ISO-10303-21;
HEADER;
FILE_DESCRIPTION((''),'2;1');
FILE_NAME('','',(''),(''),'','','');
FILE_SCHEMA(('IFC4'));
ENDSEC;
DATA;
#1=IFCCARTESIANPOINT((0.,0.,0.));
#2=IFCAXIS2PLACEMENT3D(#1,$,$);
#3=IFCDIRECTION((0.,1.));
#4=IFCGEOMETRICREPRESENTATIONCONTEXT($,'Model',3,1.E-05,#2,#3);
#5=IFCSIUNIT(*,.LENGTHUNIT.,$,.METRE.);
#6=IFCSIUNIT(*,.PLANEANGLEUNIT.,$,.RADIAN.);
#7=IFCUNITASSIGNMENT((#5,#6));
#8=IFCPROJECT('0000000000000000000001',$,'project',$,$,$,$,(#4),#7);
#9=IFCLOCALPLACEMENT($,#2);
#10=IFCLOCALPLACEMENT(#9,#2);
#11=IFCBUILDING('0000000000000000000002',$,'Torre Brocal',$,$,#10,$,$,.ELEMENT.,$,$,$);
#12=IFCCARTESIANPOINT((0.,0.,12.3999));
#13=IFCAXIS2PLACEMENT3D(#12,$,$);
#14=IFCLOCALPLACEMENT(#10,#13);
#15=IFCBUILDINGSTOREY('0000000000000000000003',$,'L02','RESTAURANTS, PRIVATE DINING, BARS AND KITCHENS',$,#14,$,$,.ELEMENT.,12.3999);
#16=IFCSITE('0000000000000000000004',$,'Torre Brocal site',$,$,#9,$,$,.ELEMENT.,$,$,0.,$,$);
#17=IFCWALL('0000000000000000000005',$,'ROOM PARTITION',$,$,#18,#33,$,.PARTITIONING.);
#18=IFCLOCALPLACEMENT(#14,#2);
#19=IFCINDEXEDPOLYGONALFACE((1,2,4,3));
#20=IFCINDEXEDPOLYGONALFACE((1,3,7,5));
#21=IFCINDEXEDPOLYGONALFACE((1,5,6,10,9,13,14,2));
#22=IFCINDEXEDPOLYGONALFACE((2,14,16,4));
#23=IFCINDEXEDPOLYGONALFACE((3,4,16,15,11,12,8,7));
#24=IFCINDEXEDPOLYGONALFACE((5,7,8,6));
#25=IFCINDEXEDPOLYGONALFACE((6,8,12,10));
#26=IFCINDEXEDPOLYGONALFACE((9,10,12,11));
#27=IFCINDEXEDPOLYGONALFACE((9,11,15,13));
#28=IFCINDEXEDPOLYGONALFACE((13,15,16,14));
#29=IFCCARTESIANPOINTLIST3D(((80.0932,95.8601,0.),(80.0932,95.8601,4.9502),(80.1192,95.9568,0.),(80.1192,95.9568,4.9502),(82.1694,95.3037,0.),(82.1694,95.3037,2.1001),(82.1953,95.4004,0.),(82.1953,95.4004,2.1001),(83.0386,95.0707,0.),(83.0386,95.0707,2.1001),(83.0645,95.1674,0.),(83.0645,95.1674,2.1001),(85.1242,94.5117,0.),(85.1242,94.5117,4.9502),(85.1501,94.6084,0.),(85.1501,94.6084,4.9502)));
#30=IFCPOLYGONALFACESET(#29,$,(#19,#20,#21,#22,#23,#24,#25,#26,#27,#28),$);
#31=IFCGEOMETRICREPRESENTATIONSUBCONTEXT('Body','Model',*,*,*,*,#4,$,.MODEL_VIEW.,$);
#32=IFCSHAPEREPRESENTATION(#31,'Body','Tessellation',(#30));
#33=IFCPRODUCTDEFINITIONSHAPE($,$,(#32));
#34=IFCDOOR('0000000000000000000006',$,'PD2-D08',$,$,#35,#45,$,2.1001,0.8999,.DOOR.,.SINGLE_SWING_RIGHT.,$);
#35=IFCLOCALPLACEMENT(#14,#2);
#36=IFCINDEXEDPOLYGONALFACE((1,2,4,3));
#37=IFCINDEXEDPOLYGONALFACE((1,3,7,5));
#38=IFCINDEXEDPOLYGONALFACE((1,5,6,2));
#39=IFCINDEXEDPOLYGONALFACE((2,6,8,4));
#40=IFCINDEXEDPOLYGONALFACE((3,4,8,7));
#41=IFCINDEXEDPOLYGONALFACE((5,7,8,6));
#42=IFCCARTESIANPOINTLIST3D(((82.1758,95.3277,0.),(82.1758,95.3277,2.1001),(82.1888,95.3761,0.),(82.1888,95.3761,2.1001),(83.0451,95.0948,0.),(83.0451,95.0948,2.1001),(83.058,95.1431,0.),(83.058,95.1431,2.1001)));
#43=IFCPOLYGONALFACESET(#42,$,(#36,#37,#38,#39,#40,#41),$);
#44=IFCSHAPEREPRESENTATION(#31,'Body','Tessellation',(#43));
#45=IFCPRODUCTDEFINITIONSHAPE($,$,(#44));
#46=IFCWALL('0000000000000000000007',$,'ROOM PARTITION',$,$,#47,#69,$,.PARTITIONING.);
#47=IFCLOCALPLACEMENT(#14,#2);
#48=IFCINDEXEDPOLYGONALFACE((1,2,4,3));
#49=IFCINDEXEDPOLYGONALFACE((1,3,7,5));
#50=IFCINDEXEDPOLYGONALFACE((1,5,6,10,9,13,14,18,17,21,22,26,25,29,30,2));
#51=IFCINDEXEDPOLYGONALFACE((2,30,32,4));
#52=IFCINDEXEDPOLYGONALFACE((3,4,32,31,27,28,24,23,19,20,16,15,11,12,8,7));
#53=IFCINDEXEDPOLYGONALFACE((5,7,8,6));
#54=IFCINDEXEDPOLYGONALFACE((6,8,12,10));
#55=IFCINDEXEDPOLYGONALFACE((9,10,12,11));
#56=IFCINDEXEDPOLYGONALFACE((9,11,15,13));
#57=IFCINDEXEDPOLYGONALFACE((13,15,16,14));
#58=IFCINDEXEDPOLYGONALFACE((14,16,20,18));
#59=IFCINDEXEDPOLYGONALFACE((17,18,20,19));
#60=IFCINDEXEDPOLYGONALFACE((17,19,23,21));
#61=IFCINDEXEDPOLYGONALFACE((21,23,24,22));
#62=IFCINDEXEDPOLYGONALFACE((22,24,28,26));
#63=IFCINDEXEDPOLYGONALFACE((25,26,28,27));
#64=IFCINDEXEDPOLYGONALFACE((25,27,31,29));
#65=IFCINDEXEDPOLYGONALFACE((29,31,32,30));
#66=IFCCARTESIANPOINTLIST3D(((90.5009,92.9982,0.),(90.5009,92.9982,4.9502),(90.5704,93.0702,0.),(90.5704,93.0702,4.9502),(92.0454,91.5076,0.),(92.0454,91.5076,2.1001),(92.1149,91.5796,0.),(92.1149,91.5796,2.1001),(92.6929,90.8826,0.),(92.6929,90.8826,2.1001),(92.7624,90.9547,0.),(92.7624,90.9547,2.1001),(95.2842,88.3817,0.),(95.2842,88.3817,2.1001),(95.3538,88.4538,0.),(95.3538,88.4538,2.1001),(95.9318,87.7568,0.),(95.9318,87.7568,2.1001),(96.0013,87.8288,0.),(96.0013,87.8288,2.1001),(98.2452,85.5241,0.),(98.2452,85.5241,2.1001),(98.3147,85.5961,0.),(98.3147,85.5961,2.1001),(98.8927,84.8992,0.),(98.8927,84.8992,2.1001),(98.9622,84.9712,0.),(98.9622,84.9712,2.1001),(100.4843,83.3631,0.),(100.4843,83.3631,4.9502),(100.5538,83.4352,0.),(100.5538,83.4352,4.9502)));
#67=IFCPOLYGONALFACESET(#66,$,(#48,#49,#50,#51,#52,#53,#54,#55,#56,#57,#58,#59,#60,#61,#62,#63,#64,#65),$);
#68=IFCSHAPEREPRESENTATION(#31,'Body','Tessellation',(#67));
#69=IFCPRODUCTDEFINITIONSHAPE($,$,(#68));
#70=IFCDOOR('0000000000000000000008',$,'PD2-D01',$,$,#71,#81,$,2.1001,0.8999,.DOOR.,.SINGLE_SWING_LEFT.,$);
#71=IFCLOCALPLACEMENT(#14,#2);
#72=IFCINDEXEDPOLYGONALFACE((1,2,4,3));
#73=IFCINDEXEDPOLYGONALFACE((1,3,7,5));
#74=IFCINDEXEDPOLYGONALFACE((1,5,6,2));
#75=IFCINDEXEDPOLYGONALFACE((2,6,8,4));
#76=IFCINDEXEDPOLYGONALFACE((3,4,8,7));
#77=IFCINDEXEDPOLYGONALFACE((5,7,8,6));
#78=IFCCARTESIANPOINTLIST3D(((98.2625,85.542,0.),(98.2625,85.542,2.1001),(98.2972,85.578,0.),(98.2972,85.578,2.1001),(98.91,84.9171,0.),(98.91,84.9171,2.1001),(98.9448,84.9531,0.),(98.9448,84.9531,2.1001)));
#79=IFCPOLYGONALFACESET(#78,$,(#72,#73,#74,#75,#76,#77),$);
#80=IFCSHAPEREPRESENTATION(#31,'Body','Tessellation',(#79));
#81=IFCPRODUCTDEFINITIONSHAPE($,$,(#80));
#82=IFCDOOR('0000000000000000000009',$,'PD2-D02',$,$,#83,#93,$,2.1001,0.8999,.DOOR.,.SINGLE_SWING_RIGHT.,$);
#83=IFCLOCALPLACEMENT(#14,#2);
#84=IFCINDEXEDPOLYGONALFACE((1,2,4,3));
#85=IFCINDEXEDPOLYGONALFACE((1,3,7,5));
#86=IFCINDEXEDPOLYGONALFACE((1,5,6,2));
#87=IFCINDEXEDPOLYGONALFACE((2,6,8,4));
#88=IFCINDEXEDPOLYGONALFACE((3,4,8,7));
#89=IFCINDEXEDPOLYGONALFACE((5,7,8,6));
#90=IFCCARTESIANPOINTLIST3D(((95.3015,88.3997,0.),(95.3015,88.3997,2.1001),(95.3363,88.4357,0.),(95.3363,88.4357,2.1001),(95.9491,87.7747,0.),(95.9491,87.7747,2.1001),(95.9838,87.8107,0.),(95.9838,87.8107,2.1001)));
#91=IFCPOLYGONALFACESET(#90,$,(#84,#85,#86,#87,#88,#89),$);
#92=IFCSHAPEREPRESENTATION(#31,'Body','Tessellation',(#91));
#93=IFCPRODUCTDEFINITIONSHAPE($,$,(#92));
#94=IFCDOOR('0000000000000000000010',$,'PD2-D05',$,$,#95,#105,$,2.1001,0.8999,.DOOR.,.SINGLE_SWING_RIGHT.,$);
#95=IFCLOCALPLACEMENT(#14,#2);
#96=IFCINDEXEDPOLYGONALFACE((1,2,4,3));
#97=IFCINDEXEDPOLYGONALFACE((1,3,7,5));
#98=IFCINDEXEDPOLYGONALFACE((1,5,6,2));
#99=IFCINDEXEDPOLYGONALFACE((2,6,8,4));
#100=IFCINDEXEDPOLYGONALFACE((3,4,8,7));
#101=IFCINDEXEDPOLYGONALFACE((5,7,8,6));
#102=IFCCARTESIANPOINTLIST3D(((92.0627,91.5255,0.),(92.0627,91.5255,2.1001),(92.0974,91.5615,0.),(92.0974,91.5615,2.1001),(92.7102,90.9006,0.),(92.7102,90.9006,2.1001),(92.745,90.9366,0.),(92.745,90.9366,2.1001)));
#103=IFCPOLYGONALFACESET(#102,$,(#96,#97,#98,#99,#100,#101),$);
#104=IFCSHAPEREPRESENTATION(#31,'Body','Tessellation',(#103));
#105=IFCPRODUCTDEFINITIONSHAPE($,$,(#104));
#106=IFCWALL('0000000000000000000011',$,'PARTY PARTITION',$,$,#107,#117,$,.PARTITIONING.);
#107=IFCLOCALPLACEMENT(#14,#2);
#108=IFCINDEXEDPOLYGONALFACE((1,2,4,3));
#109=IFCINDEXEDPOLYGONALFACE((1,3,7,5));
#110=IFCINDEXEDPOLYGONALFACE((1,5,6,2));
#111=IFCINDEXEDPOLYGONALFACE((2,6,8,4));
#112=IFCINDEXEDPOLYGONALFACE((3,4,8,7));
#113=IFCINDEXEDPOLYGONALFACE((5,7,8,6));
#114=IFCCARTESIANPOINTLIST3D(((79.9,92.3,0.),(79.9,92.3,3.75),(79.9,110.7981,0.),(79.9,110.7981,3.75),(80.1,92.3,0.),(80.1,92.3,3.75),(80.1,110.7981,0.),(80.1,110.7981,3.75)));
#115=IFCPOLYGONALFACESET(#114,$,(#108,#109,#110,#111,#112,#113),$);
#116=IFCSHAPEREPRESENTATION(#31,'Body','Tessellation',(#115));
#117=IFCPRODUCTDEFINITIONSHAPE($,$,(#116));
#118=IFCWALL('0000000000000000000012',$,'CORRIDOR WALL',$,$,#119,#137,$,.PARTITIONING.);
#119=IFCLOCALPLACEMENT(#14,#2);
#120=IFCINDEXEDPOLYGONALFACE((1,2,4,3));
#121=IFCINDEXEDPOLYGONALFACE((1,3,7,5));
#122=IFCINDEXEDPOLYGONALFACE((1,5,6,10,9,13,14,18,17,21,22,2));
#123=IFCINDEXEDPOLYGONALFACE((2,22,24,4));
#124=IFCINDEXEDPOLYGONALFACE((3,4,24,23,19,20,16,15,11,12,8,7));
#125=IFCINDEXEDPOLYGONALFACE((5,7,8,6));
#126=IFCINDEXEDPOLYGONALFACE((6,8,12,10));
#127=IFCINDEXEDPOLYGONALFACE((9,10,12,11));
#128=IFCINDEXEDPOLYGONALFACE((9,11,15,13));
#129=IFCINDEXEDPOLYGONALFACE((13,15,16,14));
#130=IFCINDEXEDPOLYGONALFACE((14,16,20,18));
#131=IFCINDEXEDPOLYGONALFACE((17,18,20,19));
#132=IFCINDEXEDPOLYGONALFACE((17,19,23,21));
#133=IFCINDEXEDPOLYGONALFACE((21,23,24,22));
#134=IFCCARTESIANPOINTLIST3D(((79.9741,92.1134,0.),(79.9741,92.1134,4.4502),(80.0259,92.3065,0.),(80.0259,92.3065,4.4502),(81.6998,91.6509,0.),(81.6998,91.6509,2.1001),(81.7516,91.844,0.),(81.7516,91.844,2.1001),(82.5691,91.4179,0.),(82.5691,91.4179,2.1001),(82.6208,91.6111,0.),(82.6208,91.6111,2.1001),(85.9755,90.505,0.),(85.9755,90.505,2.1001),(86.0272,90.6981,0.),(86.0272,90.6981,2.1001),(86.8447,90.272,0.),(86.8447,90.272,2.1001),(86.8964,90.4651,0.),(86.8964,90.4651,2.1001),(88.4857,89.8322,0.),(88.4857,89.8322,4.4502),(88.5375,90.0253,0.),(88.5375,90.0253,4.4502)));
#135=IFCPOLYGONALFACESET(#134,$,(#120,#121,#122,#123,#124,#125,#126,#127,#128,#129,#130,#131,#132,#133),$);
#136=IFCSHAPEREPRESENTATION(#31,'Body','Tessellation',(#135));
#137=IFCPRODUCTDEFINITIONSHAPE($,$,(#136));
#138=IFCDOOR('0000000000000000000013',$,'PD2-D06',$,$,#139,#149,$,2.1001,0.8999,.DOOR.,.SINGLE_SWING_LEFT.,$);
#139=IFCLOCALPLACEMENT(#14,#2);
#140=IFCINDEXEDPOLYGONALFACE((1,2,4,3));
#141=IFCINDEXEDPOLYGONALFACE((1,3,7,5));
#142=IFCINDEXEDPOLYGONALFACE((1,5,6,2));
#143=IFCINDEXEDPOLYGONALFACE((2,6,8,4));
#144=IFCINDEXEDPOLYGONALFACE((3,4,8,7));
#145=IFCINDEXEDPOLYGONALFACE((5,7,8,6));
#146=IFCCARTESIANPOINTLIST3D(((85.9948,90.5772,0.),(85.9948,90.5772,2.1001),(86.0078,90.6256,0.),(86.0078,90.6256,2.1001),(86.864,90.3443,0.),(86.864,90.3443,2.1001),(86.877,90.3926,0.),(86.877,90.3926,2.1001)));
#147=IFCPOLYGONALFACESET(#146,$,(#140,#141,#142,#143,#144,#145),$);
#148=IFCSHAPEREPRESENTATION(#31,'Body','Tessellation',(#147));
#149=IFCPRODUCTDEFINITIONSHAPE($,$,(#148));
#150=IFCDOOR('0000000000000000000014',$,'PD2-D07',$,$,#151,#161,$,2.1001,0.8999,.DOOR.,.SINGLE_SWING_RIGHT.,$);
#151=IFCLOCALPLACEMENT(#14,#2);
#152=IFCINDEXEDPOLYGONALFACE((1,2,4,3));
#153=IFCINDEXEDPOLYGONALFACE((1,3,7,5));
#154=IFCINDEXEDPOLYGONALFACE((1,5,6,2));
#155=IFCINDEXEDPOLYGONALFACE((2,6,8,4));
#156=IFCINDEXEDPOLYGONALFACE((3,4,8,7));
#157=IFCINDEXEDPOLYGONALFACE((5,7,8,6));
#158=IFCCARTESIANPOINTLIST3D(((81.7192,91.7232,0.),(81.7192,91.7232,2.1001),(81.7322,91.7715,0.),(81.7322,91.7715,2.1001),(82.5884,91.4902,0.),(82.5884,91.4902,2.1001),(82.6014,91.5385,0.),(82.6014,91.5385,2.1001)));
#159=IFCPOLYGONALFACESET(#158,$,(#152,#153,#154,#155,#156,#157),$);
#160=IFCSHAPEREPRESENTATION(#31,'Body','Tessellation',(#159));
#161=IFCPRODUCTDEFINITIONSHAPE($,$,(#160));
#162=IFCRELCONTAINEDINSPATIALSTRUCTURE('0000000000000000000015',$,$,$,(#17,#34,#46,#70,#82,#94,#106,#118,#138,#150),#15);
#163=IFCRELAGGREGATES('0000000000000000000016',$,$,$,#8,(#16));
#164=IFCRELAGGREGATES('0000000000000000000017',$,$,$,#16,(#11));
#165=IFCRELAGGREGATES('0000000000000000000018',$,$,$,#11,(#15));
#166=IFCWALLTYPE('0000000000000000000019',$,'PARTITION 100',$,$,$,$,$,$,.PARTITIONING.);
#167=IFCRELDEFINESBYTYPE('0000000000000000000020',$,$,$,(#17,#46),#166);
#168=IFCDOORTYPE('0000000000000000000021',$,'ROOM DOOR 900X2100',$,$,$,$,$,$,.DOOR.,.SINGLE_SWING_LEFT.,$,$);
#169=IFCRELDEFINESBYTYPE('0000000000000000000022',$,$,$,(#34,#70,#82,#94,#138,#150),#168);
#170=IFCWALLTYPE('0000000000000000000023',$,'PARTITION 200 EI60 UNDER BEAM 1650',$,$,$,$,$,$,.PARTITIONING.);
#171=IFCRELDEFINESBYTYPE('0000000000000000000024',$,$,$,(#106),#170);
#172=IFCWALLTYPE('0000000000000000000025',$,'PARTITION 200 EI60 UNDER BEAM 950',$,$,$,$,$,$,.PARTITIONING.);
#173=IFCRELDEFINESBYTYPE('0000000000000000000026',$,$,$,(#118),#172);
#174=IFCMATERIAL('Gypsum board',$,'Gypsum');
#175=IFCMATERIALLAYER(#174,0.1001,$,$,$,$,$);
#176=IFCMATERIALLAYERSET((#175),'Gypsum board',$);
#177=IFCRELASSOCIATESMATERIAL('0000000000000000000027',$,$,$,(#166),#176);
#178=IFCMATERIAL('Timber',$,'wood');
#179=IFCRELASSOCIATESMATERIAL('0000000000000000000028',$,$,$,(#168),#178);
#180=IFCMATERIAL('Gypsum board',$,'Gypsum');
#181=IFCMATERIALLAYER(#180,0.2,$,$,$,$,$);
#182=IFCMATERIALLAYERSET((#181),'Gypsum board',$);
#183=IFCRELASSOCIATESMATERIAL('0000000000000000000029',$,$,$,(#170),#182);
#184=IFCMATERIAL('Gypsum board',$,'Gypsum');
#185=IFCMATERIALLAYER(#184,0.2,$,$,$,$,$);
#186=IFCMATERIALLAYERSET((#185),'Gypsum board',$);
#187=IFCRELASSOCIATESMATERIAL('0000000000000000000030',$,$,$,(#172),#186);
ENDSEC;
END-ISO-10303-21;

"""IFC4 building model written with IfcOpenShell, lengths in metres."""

from ifc_helpers import new_model, si_unit, direction, frame, frame_2d, origin, place, context, subcontext, project, spatial, rectangle, extrude, material, layer, layer_set, type_object, element, fill, save


model = new_model("IFC4")

# Units and contexts
model_context = context("Model", 3, precision=1e-05, world=origin(), true_north=direction((0.0, 1.0)))
body_context = subcontext(model_context, "Body", "Model", "MODEL_VIEW")
ifc_project = project(units=[si_unit("LENGTHUNIT", "METRE"), si_unit("PLANEANGLEUNIT", "RADIAN")], contexts=[model_context])

# Site, building, storey
site_placement = place(None, origin())
site = spatial("IfcSite", under=ifc_project, at=site_placement, Name="Torre Brocal site", CompositionType="ELEMENT", RefElevation=0.0)
building_placement = place(site_placement, origin())
building = spatial("IfcBuilding", under=site, at=building_placement, Name="Torre Brocal", CompositionType="ELEMENT")
storey_placement = place(building_placement, frame((0.0, 0.0, 12.3999)))
storey = spatial("IfcBuildingStorey", under=building, at=storey_placement, Name="L02", Description="RESTAURANTS, PRIVATE DINING, BARS AND KITCHENS", CompositionType="ELEMENT", Elevation=12.3999)

# Wall, opening, door
ifc_material_1 = material(Name="Gypsum board", Category="Gypsum")
ifc_layer_1 = layer(ifc_material_1, 0.1001)
ifc_layer_set_1 = layer_set([ifc_layer_1], Name="Gypsum board")
wall_type_1 = type_object("IfcWallType", Name="PARTITION 100", PredefinedType="PARTITIONING", material=ifc_layer_set_1)
wall_1_placement = place(storey_placement, frame((80.1062, 95.9084, 0.0), z_axis=(0.0, 0.0, 1.0), x_axis=(0.96591, -0.258879, 0.0)))
wall_1 = element("IfcWall", 1, at=wall_1_placement, inside=storey, type_object=wall_type_1, Name="ROOM PARTITION", PredefinedType="PARTITIONING", context=body_context, shape_type="SweptSolid", body=[
    extrude(rectangle(XDim=5.2085, YDim=0.1001, at=frame_2d((2.6042, 0.0))), origin(), (0.0, 0.0, 1.0), 4.9502),
])
opening_1_placement = place(wall_1_placement, frame((2.1494, 0.0, 0.0)))
opening_1 = element("IfcOpeningElement", 2, at=opening_1_placement, cuts=wall_1, PredefinedType="OPENING", context=body_context, shape_type="SweptSolid", body=[
    extrude(rectangle(XDim=0.8999, YDim=2.1001, at=frame_2d((0.45, 1.05))), frame((0.0, 0.0601, 0.0), z_axis=(0.0, -1.0, 0.0), x_axis=(1.0, 0.0, 0.0)), (0.0, 0.0, 1.0), 0.1201),
])
ifc_material_2 = material(Name="Timber", Category="wood")
door_type = type_object("IfcDoorType", Name="ROOM DOOR 900X2100", OperationType="SINGLE_SWING_LEFT", PredefinedType="DOOR", material=ifc_material_2)
door_1_placement = place(opening_1_placement, origin())
door_1 = element("IfcDoor", 3, at=door_1_placement, inside=storey, type_object=door_type, Name="PD2-D08", OperationType="SINGLE_SWING_RIGHT", OverallHeight=2.1001, OverallWidth=0.8999, PredefinedType="DOOR", context=body_context, shape_type="SweptSolid", body=[
    extrude(rectangle(XDim=0.8999, YDim=2.1001, at=frame_2d((0.45, 1.05))), frame((0.0, 0.0249, 0.0), z_axis=(0.0, -1.0, 0.0), x_axis=(1.0, 0.0, 0.0)), (0.0, 0.0, 1.0), 0.05),
])
fill(opening_1, door_1)

# Wall, openings, doors
wall_2_placement = place(storey_placement, frame((90.5356, 93.0342, 0.0), z_axis=(0.0, 0.0, 1.0), x_axis=(0.71955, -0.69444, 0.0)))
wall_2 = element("IfcWall", 4, at=wall_2_placement, inside=storey, type_object=wall_type_1, Name="ROOM PARTITION", PredefinedType="PARTITIONING", context=body_context, shape_type="SweptSolid", body=[
    extrude(rectangle(XDim=13.8745, YDim=0.1001, at=frame_2d((6.9373, 0.0))), origin(), (0.0, 0.0, 1.0), 4.9502),
])
opening_2_placement = place(wall_2_placement, frame((10.7627, 0.0, 0.0)))
opening_2 = element("IfcOpeningElement", 5, at=opening_2_placement, cuts=wall_2, PredefinedType="OPENING", context=body_context, shape_type="SweptSolid", body=[
    extrude(rectangle(XDim=0.8999, YDim=2.1001, at=frame_2d((0.45, 1.05))), frame((0.0, 0.0601, 0.0), z_axis=(0.0, -1.0, 0.0), x_axis=(1.0, 0.0, 0.0)), (0.0, 0.0, 1.0), 0.1201),
])
opening_3_placement = place(wall_2_placement, frame((6.6477, 0.0, 0.0)))
opening_3 = element("IfcOpeningElement", 6, at=opening_3_placement, cuts=wall_2, PredefinedType="OPENING", context=body_context, shape_type="SweptSolid", body=[
    extrude(rectangle(XDim=0.8999, YDim=2.1001, at=frame_2d((0.45, 1.05))), frame((0.0, 0.0601, 0.0), z_axis=(0.0, -1.0, 0.0), x_axis=(1.0, 0.0, 0.0)), (0.0, 0.0, 1.0), 0.1201),
])
opening_4_placement = place(wall_2_placement, frame((2.1465, 0.0, 0.0)))
opening_4 = element("IfcOpeningElement", 7, at=opening_4_placement, cuts=wall_2, PredefinedType="OPENING", context=body_context, shape_type="SweptSolid", body=[
    extrude(rectangle(XDim=0.8999, YDim=2.1001, at=frame_2d((0.45, 1.05))), frame((0.0, 0.0601, 0.0), z_axis=(0.0, -1.0, 0.0), x_axis=(1.0, 0.0, 0.0)), (0.0, 0.0, 1.0), 0.1201),
])
door_2_placement = place(opening_2_placement, origin())
door_2 = element("IfcDoor", 8, at=door_2_placement, inside=storey, type_object=door_type, Name="PD2-D01", OperationType="SINGLE_SWING_LEFT", OverallHeight=2.1001, OverallWidth=0.8999, PredefinedType="DOOR", context=body_context, shape_type="SweptSolid", body=[
    extrude(rectangle(XDim=0.8999, YDim=2.1001, at=frame_2d((0.45, 1.05))), frame((0.0, 0.0249, 0.0), z_axis=(0.0, -1.0, 0.0), x_axis=(1.0, 0.0, 0.0)), (0.0, 0.0, 1.0), 0.05),
])
fill(opening_2, door_2)
door_3_placement = place(opening_3_placement, origin())
door_3 = element("IfcDoor", 9, at=door_3_placement, inside=storey, type_object=door_type, Name="PD2-D02", OperationType="SINGLE_SWING_RIGHT", OverallHeight=2.1001, OverallWidth=0.8999, PredefinedType="DOOR", context=body_context, shape_type="SweptSolid", body=[
    extrude(rectangle(XDim=0.8999, YDim=2.1001, at=frame_2d((0.45, 1.05))), frame((0.0, 0.0249, 0.0), z_axis=(0.0, -1.0, 0.0), x_axis=(1.0, 0.0, 0.0)), (0.0, 0.0, 1.0), 0.05),
])
fill(opening_3, door_3)
door_4_placement = place(opening_4_placement, origin())
door_4 = element("IfcDoor", 10, at=door_4_placement, inside=storey, type_object=door_type, Name="PD2-D05", OperationType="SINGLE_SWING_RIGHT", OverallHeight=2.1001, OverallWidth=0.8999, PredefinedType="DOOR", context=body_context, shape_type="SweptSolid", body=[
    extrude(rectangle(XDim=0.8999, YDim=2.1001, at=frame_2d((0.45, 1.05))), frame((0.0, 0.0249, 0.0), z_axis=(0.0, -1.0, 0.0), x_axis=(1.0, 0.0, 0.0)), (0.0, 0.0, 1.0), 0.05),
])
fill(opening_4, door_4)

# Wall
ifc_material_3 = material(Name="Gypsum board", Category="Gypsum")
ifc_layer_2 = layer(ifc_material_3, 0.2)
ifc_layer_set_2 = layer_set([ifc_layer_2], Name="Gypsum board")
wall_type_2 = type_object("IfcWallType", Name="PARTITION 200 EI60 UNDER BEAM 1650", PredefinedType="PARTITIONING", material=ifc_layer_set_2)
wall_3_placement = place(storey_placement, frame((80.0, 92.3, 0.0), z_axis=(0.0, 0.0, 1.0), x_axis=(0.0, 1.0, 0.0)))
element("IfcWall", 11, at=wall_3_placement, inside=storey, type_object=wall_type_2, Name="PARTY PARTITION", PredefinedType="PARTITIONING", context=body_context, shape_type="SweptSolid", body=[
    extrude(rectangle(XDim=18.498, YDim=0.2, at=frame_2d((9.249, 0.0))), origin(), (0.0, 0.0, 1.0), 3.75),
])

# Wall, openings, doors
ifc_material_4 = material(Name="Gypsum board", Category="Gypsum")
ifc_layer_3 = layer(ifc_material_4, 0.2)
ifc_layer_set_3 = layer_set([ifc_layer_3], Name="Gypsum board")
wall_type_3 = type_object("IfcWallType", Name="PARTITION 200 EI60 UNDER BEAM 950", PredefinedType="PARTITIONING", material=ifc_layer_set_3)
wall_4_placement = place(storey_placement, frame((80.0, 92.21, 0.0), z_axis=(0.0, 0.0, 1.0), x_axis=(0.96591, -0.258876, 0.0)))
wall_4 = element("IfcWall", 12, at=wall_4_placement, inside=storey, type_object=wall_type_3, Name="CORRIDOR WALL", PredefinedType="PARTITIONING", context=body_context, shape_type="SweptSolid", body=[
    extrude(rectangle(XDim=8.812, YDim=0.2, at=frame_2d((4.406, 0.0))), origin(), (0.0, 0.0, 1.0), 4.4502),
])
opening_5_placement = place(wall_4_placement, frame((6.2131, 0.0, 0.0)))
opening_5 = element("IfcOpeningElement", 13, at=opening_5_placement, cuts=wall_4, PredefinedType="OPENING", context=body_context, shape_type="SweptSolid", body=[
    extrude(rectangle(XDim=0.8999, YDim=2.1001, at=frame_2d((0.45, 1.05))), frame((0.0, 0.1099, 0.0), z_axis=(0.0, -1.0, 0.0), x_axis=(1.0, 0.0, 0.0)), (0.0, 0.0, 1.0), 0.22),
])
opening_6_placement = place(wall_4_placement, frame((1.7866, 0.0, 0.0)))
opening_6 = element("IfcOpeningElement", 14, at=opening_6_placement, cuts=wall_4, PredefinedType="OPENING", context=body_context, shape_type="SweptSolid", body=[
    extrude(rectangle(XDim=0.8999, YDim=2.1001, at=frame_2d((0.45, 1.05))), frame((0.0, 0.1099, 0.0), z_axis=(0.0, -1.0, 0.0), x_axis=(1.0, 0.0, 0.0)), (0.0, 0.0, 1.0), 0.22),
])
door_5_placement = place(opening_5_placement, origin())
door_5 = element("IfcDoor", 15, at=door_5_placement, inside=storey, type_object=door_type, Name="PD2-D06", OperationType="SINGLE_SWING_LEFT", OverallHeight=2.1001, OverallWidth=0.8999, PredefinedType="DOOR", context=body_context, shape_type="SweptSolid", body=[
    extrude(rectangle(XDim=0.8999, YDim=2.1001, at=frame_2d((0.45, 1.05))), frame((0.0, 0.0249, 0.0), z_axis=(0.0, -1.0, 0.0), x_axis=(1.0, 0.0, 0.0)), (0.0, 0.0, 1.0), 0.05),
])
fill(opening_5, door_5)
door_6_placement = place(opening_6_placement, origin())
door_6 = element("IfcDoor", 16, at=door_6_placement, inside=storey, type_object=door_type, Name="PD2-D07", OperationType="SINGLE_SWING_RIGHT", OverallHeight=2.1001, OverallWidth=0.8999, PredefinedType="DOOR", context=body_context, shape_type="SweptSolid", body=[
    extrude(rectangle(XDim=0.8999, YDim=2.1001, at=frame_2d((0.45, 1.05))), frame((0.0, 0.0249, 0.0), z_axis=(0.0, -1.0, 0.0), x_axis=(1.0, 0.0, 0.0)), (0.0, 0.0, 1.0), 0.05),
])
fill(opening_6, door_6)

save(model, "model.ifc")
